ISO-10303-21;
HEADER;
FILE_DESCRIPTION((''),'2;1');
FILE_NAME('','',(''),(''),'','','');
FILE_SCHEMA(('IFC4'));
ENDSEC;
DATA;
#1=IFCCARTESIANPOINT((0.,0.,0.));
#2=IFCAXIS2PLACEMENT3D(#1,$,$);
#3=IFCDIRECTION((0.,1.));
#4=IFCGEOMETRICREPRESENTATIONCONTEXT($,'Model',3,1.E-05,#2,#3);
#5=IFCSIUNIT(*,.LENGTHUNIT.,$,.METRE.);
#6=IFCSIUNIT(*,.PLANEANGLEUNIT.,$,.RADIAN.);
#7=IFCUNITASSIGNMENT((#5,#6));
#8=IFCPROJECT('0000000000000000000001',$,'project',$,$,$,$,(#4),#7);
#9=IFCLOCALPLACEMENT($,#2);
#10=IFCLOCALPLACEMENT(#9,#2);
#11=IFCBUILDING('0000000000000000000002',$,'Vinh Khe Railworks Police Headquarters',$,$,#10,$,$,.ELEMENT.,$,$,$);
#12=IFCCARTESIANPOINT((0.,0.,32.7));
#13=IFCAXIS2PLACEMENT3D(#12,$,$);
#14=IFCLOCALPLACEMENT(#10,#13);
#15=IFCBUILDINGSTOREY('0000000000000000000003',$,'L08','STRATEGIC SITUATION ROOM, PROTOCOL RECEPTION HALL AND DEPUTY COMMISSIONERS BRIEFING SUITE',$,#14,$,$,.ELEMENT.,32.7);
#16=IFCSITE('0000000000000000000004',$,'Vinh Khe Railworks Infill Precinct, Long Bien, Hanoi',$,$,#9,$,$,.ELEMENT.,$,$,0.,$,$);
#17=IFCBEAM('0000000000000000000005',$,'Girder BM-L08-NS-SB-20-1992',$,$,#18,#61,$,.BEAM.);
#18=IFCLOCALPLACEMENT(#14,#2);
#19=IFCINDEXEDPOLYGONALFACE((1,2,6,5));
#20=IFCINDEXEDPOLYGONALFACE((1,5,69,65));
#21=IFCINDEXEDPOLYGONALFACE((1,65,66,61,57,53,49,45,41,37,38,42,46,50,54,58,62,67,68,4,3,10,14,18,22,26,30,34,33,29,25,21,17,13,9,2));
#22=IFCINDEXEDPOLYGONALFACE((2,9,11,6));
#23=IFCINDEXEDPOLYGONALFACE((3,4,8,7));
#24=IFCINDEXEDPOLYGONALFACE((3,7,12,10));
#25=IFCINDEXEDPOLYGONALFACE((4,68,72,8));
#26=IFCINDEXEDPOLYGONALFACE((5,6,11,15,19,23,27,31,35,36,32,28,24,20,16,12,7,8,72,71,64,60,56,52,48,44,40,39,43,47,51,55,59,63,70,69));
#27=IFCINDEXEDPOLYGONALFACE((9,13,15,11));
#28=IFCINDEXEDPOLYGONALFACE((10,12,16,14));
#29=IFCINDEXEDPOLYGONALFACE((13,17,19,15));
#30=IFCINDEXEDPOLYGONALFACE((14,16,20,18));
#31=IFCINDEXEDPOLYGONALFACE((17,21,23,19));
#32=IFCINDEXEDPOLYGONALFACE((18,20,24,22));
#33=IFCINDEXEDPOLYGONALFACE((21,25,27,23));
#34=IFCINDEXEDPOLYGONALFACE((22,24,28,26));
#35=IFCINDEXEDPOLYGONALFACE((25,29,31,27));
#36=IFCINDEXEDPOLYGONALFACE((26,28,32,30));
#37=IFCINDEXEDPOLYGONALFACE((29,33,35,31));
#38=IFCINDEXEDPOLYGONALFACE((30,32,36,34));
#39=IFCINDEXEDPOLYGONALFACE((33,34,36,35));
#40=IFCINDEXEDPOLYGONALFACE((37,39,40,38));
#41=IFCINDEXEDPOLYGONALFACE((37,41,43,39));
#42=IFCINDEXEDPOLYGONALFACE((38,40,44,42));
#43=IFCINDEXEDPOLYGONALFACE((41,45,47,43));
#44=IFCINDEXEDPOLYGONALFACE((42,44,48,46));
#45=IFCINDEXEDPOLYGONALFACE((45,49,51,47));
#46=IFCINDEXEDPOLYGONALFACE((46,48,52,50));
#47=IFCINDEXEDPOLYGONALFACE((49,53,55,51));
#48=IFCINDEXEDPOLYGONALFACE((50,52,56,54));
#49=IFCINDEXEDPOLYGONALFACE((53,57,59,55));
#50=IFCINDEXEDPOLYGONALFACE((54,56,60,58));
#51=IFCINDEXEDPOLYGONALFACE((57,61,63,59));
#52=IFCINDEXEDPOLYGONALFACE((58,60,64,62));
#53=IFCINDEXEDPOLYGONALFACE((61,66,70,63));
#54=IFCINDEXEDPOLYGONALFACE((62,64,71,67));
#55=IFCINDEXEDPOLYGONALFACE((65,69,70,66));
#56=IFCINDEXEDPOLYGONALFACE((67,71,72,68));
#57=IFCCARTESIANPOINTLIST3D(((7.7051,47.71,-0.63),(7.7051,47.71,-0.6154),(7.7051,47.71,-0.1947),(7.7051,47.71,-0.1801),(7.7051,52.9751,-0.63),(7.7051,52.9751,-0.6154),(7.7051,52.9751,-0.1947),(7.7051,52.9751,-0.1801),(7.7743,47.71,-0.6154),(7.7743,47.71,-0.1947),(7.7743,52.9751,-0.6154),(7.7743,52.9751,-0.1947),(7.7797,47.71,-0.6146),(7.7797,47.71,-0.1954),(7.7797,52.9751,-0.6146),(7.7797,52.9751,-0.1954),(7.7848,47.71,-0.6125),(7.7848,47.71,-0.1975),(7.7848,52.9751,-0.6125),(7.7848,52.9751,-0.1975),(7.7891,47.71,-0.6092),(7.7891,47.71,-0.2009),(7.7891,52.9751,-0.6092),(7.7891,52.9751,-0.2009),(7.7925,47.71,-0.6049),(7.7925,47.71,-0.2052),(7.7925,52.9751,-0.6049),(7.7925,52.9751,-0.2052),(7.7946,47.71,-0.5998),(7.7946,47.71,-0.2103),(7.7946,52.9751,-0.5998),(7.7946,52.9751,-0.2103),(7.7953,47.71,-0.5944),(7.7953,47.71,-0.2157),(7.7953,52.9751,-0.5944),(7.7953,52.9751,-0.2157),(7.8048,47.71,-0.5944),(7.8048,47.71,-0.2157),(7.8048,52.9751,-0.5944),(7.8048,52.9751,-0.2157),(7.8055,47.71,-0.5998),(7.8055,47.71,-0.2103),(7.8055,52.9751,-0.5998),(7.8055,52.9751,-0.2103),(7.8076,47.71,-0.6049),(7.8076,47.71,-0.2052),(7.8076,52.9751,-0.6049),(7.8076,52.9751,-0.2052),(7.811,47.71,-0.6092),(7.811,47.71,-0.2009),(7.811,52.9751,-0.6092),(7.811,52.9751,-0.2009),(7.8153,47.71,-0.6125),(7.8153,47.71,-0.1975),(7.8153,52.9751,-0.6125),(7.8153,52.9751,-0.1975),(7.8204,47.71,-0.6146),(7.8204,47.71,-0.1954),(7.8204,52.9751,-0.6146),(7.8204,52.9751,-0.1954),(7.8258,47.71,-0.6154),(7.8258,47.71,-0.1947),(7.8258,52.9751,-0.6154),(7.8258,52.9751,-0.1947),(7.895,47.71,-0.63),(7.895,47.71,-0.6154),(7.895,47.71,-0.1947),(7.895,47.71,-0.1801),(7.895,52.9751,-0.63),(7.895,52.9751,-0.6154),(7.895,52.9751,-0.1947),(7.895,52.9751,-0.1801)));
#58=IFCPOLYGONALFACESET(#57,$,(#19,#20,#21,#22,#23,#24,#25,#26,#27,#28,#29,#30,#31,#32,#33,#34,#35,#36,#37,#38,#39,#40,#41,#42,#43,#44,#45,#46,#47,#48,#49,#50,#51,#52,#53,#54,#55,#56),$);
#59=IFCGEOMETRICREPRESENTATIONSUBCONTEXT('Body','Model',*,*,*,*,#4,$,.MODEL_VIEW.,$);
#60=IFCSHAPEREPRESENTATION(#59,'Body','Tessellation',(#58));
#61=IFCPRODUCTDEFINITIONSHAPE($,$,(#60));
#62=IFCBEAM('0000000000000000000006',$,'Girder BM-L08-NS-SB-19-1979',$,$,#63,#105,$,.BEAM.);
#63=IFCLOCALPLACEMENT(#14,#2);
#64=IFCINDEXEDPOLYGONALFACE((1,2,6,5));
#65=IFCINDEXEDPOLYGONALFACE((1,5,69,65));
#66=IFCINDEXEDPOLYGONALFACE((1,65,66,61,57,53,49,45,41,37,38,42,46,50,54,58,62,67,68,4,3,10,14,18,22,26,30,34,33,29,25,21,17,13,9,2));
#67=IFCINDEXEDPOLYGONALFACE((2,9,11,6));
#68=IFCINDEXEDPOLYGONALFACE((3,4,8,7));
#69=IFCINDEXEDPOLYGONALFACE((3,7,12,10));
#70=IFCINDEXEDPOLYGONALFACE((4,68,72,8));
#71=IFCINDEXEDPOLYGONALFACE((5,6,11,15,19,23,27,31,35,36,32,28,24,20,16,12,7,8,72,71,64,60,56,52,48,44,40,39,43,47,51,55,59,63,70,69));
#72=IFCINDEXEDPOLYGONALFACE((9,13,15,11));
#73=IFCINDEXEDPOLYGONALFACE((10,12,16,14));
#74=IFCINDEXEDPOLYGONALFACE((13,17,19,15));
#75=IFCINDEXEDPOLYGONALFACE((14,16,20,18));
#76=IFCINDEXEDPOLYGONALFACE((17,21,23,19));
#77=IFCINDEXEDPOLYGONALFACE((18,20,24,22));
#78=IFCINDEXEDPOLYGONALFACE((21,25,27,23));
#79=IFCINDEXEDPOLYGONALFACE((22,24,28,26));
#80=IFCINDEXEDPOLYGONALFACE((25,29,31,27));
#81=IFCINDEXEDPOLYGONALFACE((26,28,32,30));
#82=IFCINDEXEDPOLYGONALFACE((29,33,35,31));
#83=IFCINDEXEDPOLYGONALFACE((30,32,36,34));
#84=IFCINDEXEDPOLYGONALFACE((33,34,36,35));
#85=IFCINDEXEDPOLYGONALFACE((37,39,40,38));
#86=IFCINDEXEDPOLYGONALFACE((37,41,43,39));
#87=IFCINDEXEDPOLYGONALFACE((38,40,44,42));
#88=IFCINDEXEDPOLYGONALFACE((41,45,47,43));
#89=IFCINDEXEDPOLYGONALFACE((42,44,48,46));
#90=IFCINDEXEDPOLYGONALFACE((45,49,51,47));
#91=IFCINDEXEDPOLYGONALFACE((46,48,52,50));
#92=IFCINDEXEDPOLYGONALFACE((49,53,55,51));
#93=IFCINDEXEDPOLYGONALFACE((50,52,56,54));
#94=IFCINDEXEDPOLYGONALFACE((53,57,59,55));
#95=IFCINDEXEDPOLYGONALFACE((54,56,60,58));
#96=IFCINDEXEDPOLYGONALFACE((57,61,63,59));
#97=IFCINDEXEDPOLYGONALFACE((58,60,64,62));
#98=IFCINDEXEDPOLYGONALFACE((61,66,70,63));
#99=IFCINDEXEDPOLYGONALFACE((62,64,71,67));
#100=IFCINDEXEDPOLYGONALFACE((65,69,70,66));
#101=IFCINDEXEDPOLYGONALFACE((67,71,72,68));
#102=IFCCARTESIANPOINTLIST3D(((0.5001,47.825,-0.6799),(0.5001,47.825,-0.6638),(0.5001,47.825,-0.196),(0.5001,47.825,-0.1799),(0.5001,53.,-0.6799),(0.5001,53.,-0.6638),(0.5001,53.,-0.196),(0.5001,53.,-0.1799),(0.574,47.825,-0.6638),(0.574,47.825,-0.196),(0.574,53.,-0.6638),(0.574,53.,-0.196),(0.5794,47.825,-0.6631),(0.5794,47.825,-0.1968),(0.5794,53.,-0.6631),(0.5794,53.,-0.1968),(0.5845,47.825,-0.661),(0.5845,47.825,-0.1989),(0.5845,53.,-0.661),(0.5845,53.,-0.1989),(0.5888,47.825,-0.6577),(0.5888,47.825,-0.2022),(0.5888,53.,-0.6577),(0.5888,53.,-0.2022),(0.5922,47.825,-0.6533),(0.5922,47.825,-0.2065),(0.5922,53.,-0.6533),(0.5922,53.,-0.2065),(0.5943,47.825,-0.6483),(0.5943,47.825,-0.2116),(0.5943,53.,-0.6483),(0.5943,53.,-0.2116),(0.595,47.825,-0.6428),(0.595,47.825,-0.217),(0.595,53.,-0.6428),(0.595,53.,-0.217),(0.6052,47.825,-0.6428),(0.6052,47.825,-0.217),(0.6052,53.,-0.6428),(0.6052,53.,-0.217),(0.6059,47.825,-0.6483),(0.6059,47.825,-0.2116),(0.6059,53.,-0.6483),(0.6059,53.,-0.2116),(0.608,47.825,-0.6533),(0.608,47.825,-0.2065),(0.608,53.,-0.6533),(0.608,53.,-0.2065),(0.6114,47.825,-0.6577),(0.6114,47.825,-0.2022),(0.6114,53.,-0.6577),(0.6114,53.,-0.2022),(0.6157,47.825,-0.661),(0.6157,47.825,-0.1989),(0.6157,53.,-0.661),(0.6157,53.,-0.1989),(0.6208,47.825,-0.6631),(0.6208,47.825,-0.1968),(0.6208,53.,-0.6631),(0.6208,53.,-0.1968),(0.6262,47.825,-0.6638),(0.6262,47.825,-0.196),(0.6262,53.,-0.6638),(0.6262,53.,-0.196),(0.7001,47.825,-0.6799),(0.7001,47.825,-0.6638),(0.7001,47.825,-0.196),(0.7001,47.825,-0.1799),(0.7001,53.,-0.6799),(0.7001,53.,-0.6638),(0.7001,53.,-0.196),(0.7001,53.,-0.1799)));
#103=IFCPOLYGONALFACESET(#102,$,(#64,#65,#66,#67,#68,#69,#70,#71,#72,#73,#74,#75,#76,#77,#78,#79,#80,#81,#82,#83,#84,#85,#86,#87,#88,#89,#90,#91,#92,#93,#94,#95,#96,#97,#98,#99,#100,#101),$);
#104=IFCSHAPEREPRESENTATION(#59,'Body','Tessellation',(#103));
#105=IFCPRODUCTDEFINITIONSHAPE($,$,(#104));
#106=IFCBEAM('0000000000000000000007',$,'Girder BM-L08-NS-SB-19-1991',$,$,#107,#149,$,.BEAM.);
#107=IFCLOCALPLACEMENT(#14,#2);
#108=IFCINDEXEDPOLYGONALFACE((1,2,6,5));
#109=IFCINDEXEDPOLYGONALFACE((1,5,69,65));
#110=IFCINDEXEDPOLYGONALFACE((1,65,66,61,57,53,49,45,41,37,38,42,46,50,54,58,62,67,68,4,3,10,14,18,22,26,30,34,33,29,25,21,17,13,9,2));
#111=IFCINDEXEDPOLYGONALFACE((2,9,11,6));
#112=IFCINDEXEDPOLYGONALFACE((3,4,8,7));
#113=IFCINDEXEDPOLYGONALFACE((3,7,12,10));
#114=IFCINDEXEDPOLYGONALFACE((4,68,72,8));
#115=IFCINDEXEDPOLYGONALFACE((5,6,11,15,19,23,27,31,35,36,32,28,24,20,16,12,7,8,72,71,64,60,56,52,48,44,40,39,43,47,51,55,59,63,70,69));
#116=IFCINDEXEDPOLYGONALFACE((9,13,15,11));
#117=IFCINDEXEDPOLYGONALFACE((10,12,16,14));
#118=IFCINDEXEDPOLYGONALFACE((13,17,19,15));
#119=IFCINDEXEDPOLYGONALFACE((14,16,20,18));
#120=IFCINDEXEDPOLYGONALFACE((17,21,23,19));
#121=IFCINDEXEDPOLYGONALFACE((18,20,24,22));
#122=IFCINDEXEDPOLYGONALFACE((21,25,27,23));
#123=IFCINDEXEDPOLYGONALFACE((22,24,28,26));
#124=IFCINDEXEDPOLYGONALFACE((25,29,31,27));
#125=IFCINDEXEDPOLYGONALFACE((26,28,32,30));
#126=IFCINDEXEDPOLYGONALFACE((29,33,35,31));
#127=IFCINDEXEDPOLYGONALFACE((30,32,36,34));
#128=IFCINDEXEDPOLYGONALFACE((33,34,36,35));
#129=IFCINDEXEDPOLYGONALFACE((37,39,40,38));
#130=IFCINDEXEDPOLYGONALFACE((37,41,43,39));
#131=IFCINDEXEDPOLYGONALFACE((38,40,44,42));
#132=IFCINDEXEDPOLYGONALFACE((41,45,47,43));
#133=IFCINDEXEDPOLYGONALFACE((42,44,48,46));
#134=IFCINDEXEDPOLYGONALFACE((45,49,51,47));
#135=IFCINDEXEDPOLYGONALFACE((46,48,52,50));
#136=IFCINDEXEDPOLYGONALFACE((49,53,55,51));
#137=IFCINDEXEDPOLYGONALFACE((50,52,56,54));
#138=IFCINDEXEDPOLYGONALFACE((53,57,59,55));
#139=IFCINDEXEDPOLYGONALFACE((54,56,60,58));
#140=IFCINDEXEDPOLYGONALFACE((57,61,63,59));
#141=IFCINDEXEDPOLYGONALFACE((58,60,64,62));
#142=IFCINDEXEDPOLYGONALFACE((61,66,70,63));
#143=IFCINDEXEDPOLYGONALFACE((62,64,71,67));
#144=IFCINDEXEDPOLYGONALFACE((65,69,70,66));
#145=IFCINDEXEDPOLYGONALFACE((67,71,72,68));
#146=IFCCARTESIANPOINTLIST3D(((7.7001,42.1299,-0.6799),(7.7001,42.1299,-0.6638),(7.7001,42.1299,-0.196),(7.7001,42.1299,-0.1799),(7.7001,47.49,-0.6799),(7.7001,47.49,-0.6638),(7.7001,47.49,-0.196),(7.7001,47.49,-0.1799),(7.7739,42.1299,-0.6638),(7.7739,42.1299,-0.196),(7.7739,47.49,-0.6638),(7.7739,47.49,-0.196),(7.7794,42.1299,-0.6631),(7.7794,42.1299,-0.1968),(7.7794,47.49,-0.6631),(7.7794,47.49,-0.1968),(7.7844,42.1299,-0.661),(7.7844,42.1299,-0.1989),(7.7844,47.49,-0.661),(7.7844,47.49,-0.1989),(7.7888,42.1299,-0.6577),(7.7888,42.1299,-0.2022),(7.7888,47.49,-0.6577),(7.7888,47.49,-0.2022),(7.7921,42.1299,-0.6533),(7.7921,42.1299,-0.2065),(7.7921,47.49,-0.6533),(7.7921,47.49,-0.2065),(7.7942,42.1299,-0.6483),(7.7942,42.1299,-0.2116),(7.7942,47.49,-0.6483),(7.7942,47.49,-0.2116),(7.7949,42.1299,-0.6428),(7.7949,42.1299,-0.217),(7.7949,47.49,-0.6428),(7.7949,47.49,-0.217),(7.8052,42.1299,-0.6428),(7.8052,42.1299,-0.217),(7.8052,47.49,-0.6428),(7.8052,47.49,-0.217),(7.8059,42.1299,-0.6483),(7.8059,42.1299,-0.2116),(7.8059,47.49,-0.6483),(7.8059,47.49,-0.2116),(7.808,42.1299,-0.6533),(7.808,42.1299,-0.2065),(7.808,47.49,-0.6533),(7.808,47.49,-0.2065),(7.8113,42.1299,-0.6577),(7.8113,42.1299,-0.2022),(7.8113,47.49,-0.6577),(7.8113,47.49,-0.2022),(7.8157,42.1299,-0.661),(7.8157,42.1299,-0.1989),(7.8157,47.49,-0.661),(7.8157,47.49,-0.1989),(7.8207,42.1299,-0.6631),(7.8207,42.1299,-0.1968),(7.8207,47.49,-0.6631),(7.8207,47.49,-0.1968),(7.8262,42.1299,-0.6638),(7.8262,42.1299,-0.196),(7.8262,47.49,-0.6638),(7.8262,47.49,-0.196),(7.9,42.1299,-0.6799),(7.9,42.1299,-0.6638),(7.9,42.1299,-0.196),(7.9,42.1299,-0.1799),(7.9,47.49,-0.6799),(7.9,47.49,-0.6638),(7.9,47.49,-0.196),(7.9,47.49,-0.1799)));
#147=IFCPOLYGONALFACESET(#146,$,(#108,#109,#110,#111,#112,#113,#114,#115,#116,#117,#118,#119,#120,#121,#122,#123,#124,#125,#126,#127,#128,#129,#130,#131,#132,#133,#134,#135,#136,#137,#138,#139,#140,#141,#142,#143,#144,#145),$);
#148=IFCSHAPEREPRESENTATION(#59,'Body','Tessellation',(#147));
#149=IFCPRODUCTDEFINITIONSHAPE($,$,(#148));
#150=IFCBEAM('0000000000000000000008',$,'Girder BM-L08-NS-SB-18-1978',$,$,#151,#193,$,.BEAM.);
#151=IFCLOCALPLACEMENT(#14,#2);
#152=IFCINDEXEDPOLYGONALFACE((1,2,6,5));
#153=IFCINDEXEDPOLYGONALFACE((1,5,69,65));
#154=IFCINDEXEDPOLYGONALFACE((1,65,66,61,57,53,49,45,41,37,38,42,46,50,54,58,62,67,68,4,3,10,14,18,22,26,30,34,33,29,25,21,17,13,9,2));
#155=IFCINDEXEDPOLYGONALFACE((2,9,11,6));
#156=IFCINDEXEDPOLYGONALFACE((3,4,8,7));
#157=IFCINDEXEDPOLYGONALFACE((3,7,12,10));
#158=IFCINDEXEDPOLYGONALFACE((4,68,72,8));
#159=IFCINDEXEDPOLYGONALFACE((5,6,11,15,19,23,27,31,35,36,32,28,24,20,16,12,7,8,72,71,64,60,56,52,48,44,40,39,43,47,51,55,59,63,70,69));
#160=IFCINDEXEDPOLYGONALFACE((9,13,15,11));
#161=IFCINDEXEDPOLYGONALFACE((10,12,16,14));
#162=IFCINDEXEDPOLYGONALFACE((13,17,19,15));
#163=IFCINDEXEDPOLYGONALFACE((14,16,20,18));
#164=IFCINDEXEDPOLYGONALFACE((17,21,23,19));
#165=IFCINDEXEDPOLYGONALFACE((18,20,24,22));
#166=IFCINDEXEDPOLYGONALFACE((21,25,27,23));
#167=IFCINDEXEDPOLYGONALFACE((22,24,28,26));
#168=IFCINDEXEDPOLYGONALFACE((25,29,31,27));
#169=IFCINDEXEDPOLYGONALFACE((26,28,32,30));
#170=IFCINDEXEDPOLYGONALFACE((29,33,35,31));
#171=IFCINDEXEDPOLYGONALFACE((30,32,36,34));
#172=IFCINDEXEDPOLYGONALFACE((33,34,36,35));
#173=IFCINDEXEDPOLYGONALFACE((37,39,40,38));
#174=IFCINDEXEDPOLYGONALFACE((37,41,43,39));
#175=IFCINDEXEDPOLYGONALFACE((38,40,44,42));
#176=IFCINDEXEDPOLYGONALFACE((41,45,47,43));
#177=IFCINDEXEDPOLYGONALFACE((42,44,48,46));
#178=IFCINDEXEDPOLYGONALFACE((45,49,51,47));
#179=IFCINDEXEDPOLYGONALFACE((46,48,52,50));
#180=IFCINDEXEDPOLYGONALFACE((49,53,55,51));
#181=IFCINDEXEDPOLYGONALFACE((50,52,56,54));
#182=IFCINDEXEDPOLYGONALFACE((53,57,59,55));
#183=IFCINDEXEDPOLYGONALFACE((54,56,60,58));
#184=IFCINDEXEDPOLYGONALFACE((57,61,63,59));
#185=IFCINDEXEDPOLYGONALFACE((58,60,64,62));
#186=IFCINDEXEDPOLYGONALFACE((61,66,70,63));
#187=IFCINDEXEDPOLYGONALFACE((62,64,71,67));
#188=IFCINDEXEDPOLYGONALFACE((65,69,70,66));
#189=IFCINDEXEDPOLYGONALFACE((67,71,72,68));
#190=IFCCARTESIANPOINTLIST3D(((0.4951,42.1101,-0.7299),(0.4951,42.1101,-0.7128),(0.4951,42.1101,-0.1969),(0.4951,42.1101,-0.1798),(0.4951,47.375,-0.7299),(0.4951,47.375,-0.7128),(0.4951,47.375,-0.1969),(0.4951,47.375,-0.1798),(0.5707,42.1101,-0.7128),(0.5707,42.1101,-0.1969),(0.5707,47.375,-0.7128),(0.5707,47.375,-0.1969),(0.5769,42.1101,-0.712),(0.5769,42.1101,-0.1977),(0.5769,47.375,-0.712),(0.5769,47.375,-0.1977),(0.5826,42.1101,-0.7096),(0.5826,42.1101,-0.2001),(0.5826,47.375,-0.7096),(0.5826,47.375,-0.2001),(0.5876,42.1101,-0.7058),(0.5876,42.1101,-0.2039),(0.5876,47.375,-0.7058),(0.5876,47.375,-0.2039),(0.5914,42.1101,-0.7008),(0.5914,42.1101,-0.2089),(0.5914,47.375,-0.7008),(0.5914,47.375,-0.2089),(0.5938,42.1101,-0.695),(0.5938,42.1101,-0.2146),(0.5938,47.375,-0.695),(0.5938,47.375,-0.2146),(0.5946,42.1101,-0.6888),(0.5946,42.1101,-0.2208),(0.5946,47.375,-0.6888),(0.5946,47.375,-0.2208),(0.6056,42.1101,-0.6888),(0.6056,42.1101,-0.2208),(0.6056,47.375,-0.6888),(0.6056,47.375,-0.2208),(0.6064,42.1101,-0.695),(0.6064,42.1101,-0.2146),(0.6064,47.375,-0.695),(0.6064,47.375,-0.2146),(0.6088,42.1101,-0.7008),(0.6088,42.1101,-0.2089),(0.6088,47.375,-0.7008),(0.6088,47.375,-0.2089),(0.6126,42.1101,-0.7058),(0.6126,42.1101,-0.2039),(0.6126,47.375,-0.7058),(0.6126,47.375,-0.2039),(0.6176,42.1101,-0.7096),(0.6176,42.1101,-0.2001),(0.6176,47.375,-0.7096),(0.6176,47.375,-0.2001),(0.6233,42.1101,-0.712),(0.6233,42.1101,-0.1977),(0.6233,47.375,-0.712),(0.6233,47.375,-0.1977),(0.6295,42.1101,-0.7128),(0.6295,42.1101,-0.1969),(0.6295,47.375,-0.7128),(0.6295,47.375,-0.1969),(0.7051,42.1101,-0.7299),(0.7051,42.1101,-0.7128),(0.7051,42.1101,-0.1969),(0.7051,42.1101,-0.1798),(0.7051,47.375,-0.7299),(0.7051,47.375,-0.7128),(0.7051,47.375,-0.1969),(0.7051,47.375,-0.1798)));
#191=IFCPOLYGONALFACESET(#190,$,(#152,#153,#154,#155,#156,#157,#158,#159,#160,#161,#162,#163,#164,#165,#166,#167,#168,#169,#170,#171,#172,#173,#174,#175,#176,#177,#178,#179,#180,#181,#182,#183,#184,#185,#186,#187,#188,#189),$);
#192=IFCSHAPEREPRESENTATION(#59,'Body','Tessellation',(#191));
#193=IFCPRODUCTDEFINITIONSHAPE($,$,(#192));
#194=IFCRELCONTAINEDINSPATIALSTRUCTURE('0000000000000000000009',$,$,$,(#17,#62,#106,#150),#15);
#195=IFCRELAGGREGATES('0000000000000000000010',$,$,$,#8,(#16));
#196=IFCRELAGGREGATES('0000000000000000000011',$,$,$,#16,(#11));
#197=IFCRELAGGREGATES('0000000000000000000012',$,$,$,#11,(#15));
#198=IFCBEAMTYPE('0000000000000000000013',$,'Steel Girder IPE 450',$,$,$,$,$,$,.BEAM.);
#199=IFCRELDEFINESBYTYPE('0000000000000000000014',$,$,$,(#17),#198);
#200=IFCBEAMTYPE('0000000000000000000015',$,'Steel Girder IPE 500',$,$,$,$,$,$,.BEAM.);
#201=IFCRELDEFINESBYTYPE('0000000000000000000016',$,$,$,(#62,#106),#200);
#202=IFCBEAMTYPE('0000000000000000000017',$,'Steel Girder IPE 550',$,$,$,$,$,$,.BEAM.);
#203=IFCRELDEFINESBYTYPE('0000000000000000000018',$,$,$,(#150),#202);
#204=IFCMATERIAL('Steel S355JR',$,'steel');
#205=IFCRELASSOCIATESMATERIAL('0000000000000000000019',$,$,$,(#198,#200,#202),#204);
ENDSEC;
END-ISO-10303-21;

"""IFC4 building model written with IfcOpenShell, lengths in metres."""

from ifc_helpers import new_model, si_unit, direction, frame, origin, origin_2d, place, context, subcontext, project, spatial, i_section, extrude, material, material_profile, profile_set, type_object, element, save


model = new_model("IFC4")

# Units and contexts
model_context = context("Model", 3, precision=1e-05, world=origin(), true_north=direction((0.0, 1.0)))
body_context = subcontext(model_context, "Body", "Model", "MODEL_VIEW")
ifc_project = project(units=[si_unit("LENGTHUNIT", "METRE"), si_unit("PLANEANGLEUNIT", "RADIAN")], contexts=[model_context])

# Site, building, storey
site_placement = place(None, origin())
site = spatial("IfcSite", under=ifc_project, at=site_placement, Name="Vinh Khe Railworks Infill Precinct, Long Bien, Hanoi", CompositionType="ELEMENT", RefElevation=0.0)
building_placement = place(site_placement, origin())
building = spatial("IfcBuilding", under=site, at=building_placement, Name="Vinh Khe Railworks Police Headquarters", CompositionType="ELEMENT")
storey_placement = place(building_placement, frame((0.0, 0.0, 32.7)))
storey = spatial("IfcBuildingStorey", under=building, at=storey_placement, Name="L08", Description="STRATEGIC SITUATION ROOM, PROTOCOL RECEPTION HALL AND DEPUTY COMMISSIONERS BRIEFING SUITE", CompositionType="ELEMENT", Elevation=32.7)

# Shared definitions
ifc_material_1 = material(Name="Steel S355JR", Category="steel")

# Beams
ifc_material_profile_1 = material_profile(ifc_material_1, i_section(OverallWidth=0.1899, OverallDepth=0.45, WebThickness=0.0095, FlangeThickness=0.0146, FilletRadius=0.021, at=origin_2d()), Name="IPE 450")
ifc_profile_set_1 = profile_set([ifc_material_profile_1], Name="Steel S355JR")
beam_type_1 = type_object("IfcBeamType", Name="Steel Girder IPE 450", PredefinedType="BEAM", material=ifc_profile_set_1)
beam_1_placement = place(storey_placement, frame((7.8, 47.71, -0.405), z_axis=(0.0, 1.0, 0.0), x_axis=(-1.0, 0.0, 0.0)))
element("IfcBeam", 1, at=beam_1_placement, inside=storey, type_object=beam_type_1, Name="Girder BM-L08-NS-SB-20-1992", PredefinedType="BEAM", context=body_context, shape_type="SweptSolid", body=[
    extrude(i_section(OverallWidth=0.1899, OverallDepth=0.45, WebThickness=0.0095, FlangeThickness=0.0146, FilletRadius=0.021, at=origin_2d()), origin(), (0.0, 0.0, 1.0), 5.2651),
])
ifc_material_profile_2 = material_profile(ifc_material_1, i_section(OverallWidth=0.2, OverallDepth=0.5, WebThickness=0.0103, FlangeThickness=0.0161, FilletRadius=0.021, at=origin_2d()), Name="IPE 500")
ifc_profile_set_2 = profile_set([ifc_material_profile_2], Name="Steel S355JR")
beam_type_2 = type_object("IfcBeamType", Name="Steel Girder IPE 500", PredefinedType="BEAM", material=ifc_profile_set_2)
beam_2_placement = place(storey_placement, frame((0.6001, 47.825, -0.4299), z_axis=(0.0, 1.0, 0.0), x_axis=(-1.0, 0.0, 0.0)))
element("IfcBeam", 2, at=beam_2_placement, inside=storey, type_object=beam_type_2, Name="Girder BM-L08-NS-SB-19-1979", PredefinedType="BEAM", context=body_context, shape_type="SweptSolid", body=[
    extrude(i_section(OverallWidth=0.2, OverallDepth=0.5, WebThickness=0.0103, FlangeThickness=0.0161, FilletRadius=0.021, at=origin_2d()), origin(), (0.0, 0.0, 1.0), 5.175),
])
beam_3_placement = place(storey_placement, frame((7.8, 42.1299, -0.4299), z_axis=(0.0, 1.0, 0.0), x_axis=(-1.0, 0.0, 0.0)))
element("IfcBeam", 3, at=beam_3_placement, inside=storey, type_object=beam_type_2, Name="Girder BM-L08-NS-SB-19-1991", PredefinedType="BEAM", context=body_context, shape_type="SweptSolid", body=[
    extrude(i_section(OverallWidth=0.2, OverallDepth=0.5, WebThickness=0.0103, FlangeThickness=0.0161, FilletRadius=0.021, at=origin_2d()), origin(), (0.0, 0.0, 1.0), 5.3601),
])
ifc_material_profile_3 = material_profile(ifc_material_1, i_section(OverallWidth=0.21, OverallDepth=0.55, WebThickness=0.011, FlangeThickness=0.0171, FilletRadius=0.0239, at=origin_2d()), Name="IPE 550")
ifc_profile_set_3 = profile_set([ifc_material_profile_3], Name="Steel S355JR")
beam_type_3 = type_object("IfcBeamType", Name="Steel Girder IPE 550", PredefinedType="BEAM", material=ifc_profile_set_3)
beam_4_placement = place(storey_placement, frame((0.6001, 42.1101, -0.4548), z_axis=(0.0, 1.0, 0.0), x_axis=(-1.0, 0.0, 0.0)))
element("IfcBeam", 4, at=beam_4_placement, inside=storey, type_object=beam_type_3, Name="Girder BM-L08-NS-SB-18-1978", PredefinedType="BEAM", context=body_context, shape_type="SweptSolid", body=[
    extrude(i_section(OverallWidth=0.21, OverallDepth=0.55, WebThickness=0.011, FlangeThickness=0.0171, FilletRadius=0.0239, at=origin_2d()), origin(), (0.0, 0.0, 1.0), 5.2649),
])

save(model, "model.ifc")
